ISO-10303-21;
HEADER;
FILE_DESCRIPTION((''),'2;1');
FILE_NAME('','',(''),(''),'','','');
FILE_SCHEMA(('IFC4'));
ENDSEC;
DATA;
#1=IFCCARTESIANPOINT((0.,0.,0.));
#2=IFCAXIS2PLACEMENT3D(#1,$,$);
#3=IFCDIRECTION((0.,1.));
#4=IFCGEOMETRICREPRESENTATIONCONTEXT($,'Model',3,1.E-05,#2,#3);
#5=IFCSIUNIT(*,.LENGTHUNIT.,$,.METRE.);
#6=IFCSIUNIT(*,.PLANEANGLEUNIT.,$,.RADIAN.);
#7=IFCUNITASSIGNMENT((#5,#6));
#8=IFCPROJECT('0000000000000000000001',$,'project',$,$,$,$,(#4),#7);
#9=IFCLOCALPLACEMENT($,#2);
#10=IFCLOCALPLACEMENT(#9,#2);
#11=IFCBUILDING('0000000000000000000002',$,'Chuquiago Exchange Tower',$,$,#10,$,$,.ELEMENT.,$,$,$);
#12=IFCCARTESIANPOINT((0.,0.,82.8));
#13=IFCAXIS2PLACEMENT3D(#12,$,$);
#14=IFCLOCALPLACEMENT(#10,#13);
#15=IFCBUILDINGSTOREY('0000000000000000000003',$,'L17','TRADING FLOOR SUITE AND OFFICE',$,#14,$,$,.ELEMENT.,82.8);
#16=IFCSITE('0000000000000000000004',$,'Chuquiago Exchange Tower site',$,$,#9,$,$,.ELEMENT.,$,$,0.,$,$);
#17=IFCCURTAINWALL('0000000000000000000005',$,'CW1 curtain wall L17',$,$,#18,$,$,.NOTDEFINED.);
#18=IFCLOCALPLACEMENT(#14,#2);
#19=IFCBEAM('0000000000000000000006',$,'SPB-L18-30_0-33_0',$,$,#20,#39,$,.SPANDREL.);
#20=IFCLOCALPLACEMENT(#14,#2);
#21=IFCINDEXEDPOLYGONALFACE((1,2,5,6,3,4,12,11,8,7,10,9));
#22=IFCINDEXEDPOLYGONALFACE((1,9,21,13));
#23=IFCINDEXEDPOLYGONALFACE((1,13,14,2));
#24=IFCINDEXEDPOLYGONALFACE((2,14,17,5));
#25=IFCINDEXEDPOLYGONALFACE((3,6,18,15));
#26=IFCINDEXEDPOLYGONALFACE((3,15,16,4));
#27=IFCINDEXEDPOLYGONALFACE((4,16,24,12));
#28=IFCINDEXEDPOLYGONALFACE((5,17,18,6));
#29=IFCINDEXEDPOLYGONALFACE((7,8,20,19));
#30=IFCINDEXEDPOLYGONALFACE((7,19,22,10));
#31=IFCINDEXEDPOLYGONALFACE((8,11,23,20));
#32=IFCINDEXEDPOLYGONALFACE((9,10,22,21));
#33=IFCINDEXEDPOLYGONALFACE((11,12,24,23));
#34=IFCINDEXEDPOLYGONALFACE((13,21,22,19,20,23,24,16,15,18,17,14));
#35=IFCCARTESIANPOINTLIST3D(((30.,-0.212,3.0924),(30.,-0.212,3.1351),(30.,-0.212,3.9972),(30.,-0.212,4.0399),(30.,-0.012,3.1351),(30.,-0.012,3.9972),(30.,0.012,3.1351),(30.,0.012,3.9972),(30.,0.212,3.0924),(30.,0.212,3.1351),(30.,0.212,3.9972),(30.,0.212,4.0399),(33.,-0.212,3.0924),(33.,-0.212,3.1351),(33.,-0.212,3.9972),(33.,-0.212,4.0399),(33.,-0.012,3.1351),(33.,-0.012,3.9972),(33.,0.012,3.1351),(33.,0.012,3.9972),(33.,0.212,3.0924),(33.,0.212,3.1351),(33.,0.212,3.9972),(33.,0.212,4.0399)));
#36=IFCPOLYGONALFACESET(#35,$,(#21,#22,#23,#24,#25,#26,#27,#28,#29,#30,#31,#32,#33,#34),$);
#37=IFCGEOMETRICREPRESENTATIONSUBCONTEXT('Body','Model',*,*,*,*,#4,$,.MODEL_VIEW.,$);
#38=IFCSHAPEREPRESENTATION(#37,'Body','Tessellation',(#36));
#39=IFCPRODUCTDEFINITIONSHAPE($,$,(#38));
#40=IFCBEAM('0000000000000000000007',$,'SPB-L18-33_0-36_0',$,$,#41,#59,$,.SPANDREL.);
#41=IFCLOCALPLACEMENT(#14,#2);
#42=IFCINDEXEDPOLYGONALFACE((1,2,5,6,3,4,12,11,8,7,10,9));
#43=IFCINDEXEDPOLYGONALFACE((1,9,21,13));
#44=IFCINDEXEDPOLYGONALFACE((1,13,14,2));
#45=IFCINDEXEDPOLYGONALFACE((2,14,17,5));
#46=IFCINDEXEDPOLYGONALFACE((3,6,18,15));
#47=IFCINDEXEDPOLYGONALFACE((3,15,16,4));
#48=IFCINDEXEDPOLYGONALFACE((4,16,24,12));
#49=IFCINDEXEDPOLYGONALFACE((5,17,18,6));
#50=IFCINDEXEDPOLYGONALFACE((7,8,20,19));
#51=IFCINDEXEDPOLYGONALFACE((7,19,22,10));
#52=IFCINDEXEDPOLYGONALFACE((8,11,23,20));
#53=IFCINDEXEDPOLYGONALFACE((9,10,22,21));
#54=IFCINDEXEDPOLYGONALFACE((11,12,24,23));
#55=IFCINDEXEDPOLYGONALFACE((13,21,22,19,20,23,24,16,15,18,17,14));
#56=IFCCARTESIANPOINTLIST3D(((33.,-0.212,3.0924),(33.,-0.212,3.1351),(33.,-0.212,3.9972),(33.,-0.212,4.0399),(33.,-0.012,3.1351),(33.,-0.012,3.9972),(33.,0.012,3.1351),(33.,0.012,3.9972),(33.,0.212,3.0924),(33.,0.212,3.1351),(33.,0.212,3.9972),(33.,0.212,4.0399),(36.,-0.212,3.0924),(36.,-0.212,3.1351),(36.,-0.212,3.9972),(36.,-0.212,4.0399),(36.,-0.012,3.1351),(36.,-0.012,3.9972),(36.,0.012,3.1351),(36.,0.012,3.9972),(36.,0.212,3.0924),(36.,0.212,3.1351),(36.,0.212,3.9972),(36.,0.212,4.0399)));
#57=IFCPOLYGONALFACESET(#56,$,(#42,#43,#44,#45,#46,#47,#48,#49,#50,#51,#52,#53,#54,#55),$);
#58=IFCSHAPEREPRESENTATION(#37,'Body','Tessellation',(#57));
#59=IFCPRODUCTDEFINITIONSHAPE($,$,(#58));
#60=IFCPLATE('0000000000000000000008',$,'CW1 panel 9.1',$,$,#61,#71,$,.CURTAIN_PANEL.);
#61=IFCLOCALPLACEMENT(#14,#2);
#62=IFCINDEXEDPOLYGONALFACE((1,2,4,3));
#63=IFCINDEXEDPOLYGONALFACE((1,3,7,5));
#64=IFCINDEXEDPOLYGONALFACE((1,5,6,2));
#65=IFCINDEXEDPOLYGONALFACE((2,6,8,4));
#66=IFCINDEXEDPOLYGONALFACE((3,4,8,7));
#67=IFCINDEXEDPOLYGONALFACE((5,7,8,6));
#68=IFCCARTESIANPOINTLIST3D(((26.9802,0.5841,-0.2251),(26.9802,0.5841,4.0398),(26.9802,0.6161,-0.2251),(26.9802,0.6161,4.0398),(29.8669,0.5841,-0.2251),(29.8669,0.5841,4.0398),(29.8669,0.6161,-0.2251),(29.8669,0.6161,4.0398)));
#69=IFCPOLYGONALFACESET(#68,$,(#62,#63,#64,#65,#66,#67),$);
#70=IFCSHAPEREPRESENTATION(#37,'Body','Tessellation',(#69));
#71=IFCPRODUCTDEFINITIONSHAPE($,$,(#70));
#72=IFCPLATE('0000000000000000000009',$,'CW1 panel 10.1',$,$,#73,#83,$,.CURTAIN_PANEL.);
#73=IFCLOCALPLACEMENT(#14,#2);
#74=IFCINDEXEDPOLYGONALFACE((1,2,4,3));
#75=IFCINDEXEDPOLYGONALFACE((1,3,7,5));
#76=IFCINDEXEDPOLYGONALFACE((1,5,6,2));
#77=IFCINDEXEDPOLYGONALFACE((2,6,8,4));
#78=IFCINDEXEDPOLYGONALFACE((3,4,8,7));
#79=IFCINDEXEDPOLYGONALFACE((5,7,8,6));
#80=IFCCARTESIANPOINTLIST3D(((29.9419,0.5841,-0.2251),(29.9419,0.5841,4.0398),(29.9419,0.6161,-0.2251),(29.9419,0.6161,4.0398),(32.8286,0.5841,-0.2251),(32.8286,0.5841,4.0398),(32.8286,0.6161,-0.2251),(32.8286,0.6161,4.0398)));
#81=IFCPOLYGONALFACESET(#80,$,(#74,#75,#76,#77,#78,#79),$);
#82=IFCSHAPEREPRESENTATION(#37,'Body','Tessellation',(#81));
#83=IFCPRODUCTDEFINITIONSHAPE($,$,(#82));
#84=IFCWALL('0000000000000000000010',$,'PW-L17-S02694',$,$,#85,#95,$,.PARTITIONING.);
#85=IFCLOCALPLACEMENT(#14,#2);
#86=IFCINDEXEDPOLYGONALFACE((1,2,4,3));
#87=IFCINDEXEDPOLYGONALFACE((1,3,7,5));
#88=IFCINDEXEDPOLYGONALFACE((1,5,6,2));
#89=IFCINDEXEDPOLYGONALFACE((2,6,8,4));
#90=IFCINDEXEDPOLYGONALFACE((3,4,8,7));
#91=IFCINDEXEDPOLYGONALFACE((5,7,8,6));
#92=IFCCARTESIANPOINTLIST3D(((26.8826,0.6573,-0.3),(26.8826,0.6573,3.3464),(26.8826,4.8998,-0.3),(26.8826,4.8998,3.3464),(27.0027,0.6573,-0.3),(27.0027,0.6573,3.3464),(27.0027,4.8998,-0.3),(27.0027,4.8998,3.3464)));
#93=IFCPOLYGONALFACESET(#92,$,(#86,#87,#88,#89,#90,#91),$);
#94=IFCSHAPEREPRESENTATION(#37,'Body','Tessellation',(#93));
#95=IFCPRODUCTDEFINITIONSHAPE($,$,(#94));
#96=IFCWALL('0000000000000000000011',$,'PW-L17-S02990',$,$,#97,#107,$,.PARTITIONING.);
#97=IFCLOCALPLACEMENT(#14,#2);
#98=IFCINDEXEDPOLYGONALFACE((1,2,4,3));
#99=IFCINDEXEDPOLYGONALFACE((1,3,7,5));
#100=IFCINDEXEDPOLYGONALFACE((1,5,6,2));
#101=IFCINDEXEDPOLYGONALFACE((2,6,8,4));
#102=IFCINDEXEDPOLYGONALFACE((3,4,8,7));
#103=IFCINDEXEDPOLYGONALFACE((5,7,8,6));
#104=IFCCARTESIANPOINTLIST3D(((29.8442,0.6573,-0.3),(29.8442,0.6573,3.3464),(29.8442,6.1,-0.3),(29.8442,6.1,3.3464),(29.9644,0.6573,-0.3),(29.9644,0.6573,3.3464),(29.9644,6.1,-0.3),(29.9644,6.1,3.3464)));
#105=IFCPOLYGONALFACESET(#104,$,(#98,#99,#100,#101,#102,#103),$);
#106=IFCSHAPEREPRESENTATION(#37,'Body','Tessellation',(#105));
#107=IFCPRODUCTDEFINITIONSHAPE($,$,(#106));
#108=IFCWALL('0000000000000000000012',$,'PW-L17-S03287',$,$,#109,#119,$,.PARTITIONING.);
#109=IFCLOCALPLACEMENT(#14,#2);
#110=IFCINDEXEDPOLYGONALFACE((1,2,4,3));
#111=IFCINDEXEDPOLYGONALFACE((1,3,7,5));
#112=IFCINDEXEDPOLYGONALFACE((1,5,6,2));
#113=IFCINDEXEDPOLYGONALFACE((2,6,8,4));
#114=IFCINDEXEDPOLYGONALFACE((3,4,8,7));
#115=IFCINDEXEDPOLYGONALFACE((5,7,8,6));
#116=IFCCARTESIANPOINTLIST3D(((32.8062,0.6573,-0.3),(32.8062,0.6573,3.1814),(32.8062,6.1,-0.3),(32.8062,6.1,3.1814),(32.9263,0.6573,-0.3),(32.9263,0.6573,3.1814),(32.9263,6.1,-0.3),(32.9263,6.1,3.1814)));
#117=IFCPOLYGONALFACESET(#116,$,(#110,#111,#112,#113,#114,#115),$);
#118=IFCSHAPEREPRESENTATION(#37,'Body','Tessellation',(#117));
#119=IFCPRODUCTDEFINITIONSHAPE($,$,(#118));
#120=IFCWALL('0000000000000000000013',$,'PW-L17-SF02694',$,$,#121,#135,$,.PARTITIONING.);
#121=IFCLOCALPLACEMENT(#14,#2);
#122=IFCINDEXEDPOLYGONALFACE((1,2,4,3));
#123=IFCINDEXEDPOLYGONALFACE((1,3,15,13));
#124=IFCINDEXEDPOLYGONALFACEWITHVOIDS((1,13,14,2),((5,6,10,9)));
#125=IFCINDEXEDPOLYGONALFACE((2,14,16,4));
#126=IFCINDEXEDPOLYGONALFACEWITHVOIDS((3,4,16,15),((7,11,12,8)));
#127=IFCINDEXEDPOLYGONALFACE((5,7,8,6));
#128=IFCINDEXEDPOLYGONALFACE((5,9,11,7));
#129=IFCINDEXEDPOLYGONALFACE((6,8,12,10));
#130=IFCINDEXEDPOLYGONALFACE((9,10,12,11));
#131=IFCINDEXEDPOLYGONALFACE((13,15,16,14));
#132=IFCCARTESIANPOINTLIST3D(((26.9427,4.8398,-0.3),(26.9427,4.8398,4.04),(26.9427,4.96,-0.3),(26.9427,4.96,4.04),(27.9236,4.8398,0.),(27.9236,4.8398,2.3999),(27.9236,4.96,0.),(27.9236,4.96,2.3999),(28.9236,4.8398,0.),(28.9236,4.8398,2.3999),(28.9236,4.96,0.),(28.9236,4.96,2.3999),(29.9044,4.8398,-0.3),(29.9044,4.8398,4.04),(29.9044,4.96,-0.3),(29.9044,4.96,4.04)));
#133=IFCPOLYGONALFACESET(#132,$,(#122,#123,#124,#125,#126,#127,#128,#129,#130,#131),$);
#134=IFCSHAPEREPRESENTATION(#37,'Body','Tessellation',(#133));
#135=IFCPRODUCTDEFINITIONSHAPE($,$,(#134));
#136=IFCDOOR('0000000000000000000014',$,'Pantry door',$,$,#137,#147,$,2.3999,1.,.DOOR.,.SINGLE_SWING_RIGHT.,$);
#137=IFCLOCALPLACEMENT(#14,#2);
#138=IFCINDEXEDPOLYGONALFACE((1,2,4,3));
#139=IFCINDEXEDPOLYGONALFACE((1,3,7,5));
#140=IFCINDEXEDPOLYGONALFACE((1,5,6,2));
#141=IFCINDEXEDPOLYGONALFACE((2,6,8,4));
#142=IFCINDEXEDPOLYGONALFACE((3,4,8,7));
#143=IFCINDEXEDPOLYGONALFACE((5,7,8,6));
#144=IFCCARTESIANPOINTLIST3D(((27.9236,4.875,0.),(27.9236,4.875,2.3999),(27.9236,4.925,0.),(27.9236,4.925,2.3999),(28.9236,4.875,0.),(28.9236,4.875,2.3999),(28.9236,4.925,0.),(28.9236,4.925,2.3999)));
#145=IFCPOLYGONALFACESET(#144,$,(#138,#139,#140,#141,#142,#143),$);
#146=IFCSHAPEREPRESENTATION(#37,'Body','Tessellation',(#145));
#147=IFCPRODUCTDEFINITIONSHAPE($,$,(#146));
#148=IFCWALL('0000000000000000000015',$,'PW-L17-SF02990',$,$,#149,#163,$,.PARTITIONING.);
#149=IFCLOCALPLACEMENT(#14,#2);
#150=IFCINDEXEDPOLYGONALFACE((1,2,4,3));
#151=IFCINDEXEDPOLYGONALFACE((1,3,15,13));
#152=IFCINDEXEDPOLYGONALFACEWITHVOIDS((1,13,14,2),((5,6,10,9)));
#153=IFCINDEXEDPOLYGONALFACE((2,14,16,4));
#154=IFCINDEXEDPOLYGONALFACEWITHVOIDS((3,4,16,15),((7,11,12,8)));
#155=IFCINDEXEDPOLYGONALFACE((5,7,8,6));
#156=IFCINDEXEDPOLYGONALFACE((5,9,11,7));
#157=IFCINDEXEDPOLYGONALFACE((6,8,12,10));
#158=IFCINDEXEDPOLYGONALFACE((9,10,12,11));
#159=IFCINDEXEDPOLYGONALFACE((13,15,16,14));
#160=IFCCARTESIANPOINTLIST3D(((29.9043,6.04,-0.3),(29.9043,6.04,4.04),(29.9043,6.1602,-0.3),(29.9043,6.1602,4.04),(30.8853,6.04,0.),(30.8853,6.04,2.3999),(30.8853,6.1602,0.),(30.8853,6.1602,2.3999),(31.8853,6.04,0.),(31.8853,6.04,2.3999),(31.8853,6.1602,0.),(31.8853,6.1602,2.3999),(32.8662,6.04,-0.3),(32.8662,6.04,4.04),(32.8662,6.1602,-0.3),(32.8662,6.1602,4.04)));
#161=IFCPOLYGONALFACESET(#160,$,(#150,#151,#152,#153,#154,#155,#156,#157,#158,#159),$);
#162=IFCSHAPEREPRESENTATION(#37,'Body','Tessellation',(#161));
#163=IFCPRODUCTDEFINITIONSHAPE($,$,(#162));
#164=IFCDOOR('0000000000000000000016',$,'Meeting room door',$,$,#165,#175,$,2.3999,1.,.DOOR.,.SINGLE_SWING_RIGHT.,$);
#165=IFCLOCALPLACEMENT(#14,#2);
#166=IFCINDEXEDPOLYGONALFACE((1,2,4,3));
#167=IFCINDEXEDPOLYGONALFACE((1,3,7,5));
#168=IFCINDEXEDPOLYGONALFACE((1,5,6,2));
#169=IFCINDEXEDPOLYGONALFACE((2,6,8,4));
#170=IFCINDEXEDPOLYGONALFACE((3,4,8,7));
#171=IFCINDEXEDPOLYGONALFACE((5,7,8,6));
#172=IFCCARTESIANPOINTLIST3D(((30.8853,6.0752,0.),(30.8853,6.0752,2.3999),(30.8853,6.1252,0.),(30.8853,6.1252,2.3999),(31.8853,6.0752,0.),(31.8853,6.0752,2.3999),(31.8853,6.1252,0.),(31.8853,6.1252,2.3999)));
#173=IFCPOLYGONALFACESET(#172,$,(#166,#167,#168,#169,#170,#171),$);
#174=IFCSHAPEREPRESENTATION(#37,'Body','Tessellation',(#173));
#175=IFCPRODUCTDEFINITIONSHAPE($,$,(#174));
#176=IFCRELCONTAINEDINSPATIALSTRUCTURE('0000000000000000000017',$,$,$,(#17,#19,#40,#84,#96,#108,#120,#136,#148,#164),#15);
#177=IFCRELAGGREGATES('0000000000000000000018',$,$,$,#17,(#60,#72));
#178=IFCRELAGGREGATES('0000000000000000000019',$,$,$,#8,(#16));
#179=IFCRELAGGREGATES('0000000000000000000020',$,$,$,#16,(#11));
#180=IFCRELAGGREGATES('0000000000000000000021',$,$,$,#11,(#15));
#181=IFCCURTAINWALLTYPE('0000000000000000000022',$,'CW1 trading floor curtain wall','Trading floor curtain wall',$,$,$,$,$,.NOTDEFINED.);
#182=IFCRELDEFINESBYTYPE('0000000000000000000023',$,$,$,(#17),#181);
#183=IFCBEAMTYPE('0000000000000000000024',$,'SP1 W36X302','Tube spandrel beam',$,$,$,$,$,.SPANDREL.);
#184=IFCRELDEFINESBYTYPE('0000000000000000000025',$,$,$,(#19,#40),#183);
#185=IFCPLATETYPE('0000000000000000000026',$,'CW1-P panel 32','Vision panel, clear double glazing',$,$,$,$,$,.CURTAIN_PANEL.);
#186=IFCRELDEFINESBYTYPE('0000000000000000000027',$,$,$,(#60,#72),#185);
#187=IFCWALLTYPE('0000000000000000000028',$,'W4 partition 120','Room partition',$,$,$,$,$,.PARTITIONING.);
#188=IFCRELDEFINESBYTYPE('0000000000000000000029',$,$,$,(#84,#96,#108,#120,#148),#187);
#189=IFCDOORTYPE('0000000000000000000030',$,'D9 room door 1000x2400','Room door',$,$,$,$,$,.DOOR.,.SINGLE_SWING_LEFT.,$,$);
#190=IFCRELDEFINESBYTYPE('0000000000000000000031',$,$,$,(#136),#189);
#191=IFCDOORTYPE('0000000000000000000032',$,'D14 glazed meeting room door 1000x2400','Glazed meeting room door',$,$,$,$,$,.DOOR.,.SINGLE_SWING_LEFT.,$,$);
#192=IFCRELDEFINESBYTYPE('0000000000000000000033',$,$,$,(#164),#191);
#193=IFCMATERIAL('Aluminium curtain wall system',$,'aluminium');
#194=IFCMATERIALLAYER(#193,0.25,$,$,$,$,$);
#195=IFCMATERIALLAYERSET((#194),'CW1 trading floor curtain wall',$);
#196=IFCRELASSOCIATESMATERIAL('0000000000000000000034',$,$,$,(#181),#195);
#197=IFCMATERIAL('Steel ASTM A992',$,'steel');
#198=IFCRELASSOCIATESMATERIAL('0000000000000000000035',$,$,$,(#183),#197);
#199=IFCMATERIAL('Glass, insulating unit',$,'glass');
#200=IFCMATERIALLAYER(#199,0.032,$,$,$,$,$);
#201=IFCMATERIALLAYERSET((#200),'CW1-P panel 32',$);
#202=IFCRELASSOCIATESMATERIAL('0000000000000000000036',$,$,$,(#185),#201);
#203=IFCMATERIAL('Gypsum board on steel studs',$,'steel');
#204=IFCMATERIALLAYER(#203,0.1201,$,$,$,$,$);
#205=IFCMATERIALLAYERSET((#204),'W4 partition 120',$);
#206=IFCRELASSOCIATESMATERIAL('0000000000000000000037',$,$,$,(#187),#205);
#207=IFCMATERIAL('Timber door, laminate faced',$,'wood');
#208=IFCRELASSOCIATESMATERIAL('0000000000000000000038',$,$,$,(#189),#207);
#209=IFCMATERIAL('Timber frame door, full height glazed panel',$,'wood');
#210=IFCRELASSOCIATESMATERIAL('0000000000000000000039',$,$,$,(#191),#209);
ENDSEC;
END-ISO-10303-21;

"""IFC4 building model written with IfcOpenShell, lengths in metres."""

from ifc_helpers import new_model, si_unit, direction, frame, frame_2d, origin, origin_2d, place, context, subcontext, project, spatial, rectangle, i_section, extrude, material, layer, layer_set, material_profile, profile_set, type_object, element, fill, aggregate, save


model = new_model("IFC4")

# Units and contexts
model_context = context("Model", 3, precision=1e-05, world=origin(), true_north=direction((0.0, 1.0)))
body_context = subcontext(model_context, "Body", "Model", "MODEL_VIEW")
ifc_project = project(units=[si_unit("LENGTHUNIT", "METRE"), si_unit("PLANEANGLEUNIT", "RADIAN")], contexts=[model_context])

# Site, building, storey
site_placement = place(None, origin())
site = spatial("IfcSite", under=ifc_project, at=site_placement, Name="Chuquiago Exchange Tower site", CompositionType="ELEMENT", RefElevation=0.0)
building_placement = place(site_placement, origin())
building = spatial("IfcBuilding", under=site, at=building_placement, Name="Chuquiago Exchange Tower", CompositionType="ELEMENT")
storey_placement = place(building_placement, frame((0.0, 0.0, 82.8)))
storey = spatial("IfcBuildingStorey", under=building, at=storey_placement, Name="L17", Description="TRADING FLOOR SUITE AND OFFICE", CompositionType="ELEMENT", Elevation=82.8)

# Curtain wall
ifc_material_1 = material(Name="Aluminium curtain wall system", Category="aluminium")
ifc_layer_1 = layer(ifc_material_1, 0.25)
ifc_layer_set_1 = layer_set([ifc_layer_1], Name="CW1 trading floor curtain wall")
curtain_wall_type = type_object("IfcCurtainWallType", Name="CW1 trading floor curtain wall", Description="Trading floor curtain wall", PredefinedType="NOTDEFINED", material=ifc_layer_set_1)
curtain_wall_placement = place(storey_placement, origin())
curtain_wall = element("IfcCurtainWall", 1, at=curtain_wall_placement, inside=storey, type_object=curtain_wall_type, Name="CW1 curtain wall L17", PredefinedType="NOTDEFINED")

# Beams
ifc_material_2 = material(Name="Steel ASTM A992", Category="steel")
ifc_material_profile_1 = material_profile(ifc_material_2, i_section(OverallWidth=0.4241, OverallDepth=0.9475, WebThickness=0.0239, FlangeThickness=0.0427, at=origin_2d()), Name="W36X302")
ifc_profile_set_1 = profile_set([ifc_material_profile_1], Name="Steel ASTM A992")
beam_type_1 = type_object("IfcBeamType", Name="SP1 W36X302", Description="Tube spandrel beam", PredefinedType="SPANDREL", material=ifc_profile_set_1)
for number, where, z_axis, x_axis, name in (
    (2, (30.0, 0.0, 3.5662), (1.0, 0.0, 0.0), (0.0, 1.0, 0.0), "SPB-L18-30_0-33_0"),
    (3, (33.0, 0.0, 3.5662), (1.0, 0.0, 0.0), (0.0, 1.0, 0.0), "SPB-L18-33_0-36_0"),
):
    element("IfcBeam", number, at=place(storey_placement, frame(where, z_axis=z_axis, x_axis=x_axis)), inside=storey, type_object=beam_type_1, Name=name, PredefinedType="SPANDREL", context=body_context, shape_type="SweptSolid", body=[
        extrude(i_section(OverallWidth=0.4241, OverallDepth=0.9475, WebThickness=0.0239, FlangeThickness=0.0427, at=origin_2d()), origin(), (0.0, 0.0, 1.0), 3.0),
    ])

# Plates
ifc_material_3 = material(Name="Glass, insulating unit", Category="glass")
ifc_layer_2 = layer(ifc_material_3, 0.032)
ifc_layer_set_2 = layer_set([ifc_layer_2], Name="CW1-P panel 32")
plate_type = type_object("IfcPlateType", Name="CW1-P panel 32", Description="Vision panel, clear double glazing", PredefinedType="CURTAIN_PANEL", material=ifc_layer_set_2)
plate_1_placement = place(storey_placement, frame((28.4236, 0.6001, -0.2251), z_axis=(0.0, 0.0, 1.0), x_axis=(1.0, 0.0, 0.0)))
plate_1 = element("IfcPlate", 4, at=plate_1_placement, type_object=plate_type, Name="CW1 panel 9.1", PredefinedType="CURTAIN_PANEL", context=body_context, shape_type="SweptSolid", body=[
    extrude(rectangle(XDim=2.8867, YDim=0.032, at=origin_2d()), origin(), (0.0, 0.0, 1.0), 4.2649),
])
plate_2_placement = place(storey_placement, frame((31.3853, 0.6001, -0.2251), z_axis=(0.0, 0.0, 1.0), x_axis=(1.0, 0.0, 0.0)))
plate_2 = element("IfcPlate", 5, at=plate_2_placement, type_object=plate_type, Name="CW1 panel 10.1", PredefinedType="CURTAIN_PANEL", context=body_context, shape_type="SweptSolid", body=[
    extrude(rectangle(XDim=2.8867, YDim=0.032, at=origin_2d()), origin(), (0.0, 0.0, 1.0), 4.2649),
])
aggregate(curtain_wall, [plate_1, plate_2])

# Walls
ifc_material_4 = material(Name="Gypsum board on steel studs", Category="steel")
ifc_layer_3 = layer(ifc_material_4, 0.1201)
ifc_layer_set_3 = layer_set([ifc_layer_3], Name="W4 partition 120")
wall_type = type_object("IfcWallType", Name="W4 partition 120", Description="Room partition", PredefinedType="PARTITIONING", material=ifc_layer_set_3)
wall_1_placement = place(storey_placement, frame((26.9426, 0.6575, -0.3), z_axis=(0.0, 0.0, 1.0), x_axis=(0.0, 1.0, 0.0)))
element("IfcWall", 6, at=wall_1_placement, inside=storey, type_object=wall_type, Name="PW-L17-S02694", PredefinedType="PARTITIONING", context=body_context, shape_type="SweptSolid", body=[
    extrude(rectangle(XDim=4.2424, YDim=0.1201, at=frame_2d((2.1211, 0.0))), origin(), (0.0, 0.0, 1.0), 3.6465),
])
wall_2_placement = place(storey_placement, frame((29.9043, 0.6575, -0.3), z_axis=(0.0, 0.0, 1.0), x_axis=(0.0, 1.0, 0.0)))
element("IfcWall", 7, at=wall_2_placement, inside=storey, type_object=wall_type, Name="PW-L17-S02990", PredefinedType="PARTITIONING", context=body_context, shape_type="SweptSolid", body=[
    extrude(rectangle(XDim=5.4426, YDim=0.1201, at=frame_2d((2.7212, 0.0))), origin(), (0.0, 0.0, 1.0), 3.6465),
])
wall_3_placement = place(storey_placement, frame((32.8662, 0.6575, -0.3), z_axis=(0.0, 0.0, 1.0), x_axis=(0.0, 1.0, 0.0)))
element("IfcWall", 8, at=wall_3_placement, inside=storey, type_object=wall_type, Name="PW-L17-S03287", PredefinedType="PARTITIONING", context=body_context, shape_type="SweptSolid", body=[
    extrude(rectangle(XDim=5.4426, YDim=0.1201, at=frame_2d((2.7212, 0.0))), origin(), (0.0, 0.0, 1.0), 3.4814),
])

# Walls, openings, doors
wall_4_placement = place(storey_placement, frame((26.9426, 4.8999, -0.3), z_axis=(0.0, 0.0, 1.0), x_axis=(1.0, 0.0, 0.0)))
wall_4 = element("IfcWall", 9, at=wall_4_placement, inside=storey, type_object=wall_type, Name="PW-L17-SF02694", PredefinedType="PARTITIONING", context=body_context, shape_type="SweptSolid", body=[
    extrude(rectangle(XDim=2.9617, YDim=0.1201, at=frame_2d((1.481, 0.0))), origin(), (0.0, 0.0, 1.0), 4.3401),
])
opening_1_placement = place(wall_4_placement, frame((0.981, 0.0, 0.3)))
opening_1 = element("IfcOpeningElement", 10, at=opening_1_placement, cuts=wall_4, PredefinedType="OPENING", context=body_context, shape_type="SweptSolid", body=[
    extrude(rectangle(XDim=1.0, YDim=2.3999, at=frame_2d((0.5, 1.2))), frame((0.0, 0.0701, 0.0), z_axis=(0.0, -1.0, 0.0), x_axis=(1.0, 0.0, 0.0)), (0.0, 0.0, 1.0), 0.1401),
])
ifc_material_5 = material(Name="Timber door, laminate faced", Category="wood")
door_type_1 = type_object("IfcDoorType", Name="D9 room door 1000x2400", Description="Room door", OperationType="SINGLE_SWING_LEFT", PredefinedType="DOOR", material=ifc_material_5)
door_1_placement = place(opening_1_placement, frame((1.0, 0.0, 0.0), z_axis=(0.0, 0.0, 1.0), x_axis=(-1.0, 0.0, 0.0)))
door_1 = element("IfcDoor", 11, at=door_1_placement, inside=storey, type_object=door_type_1, Name="Pantry door", OperationType="SINGLE_SWING_RIGHT", OverallHeight=2.3999, OverallWidth=1.0, PredefinedType="DOOR", context=body_context, shape_type="SweptSolid", body=[
    extrude(rectangle(XDim=1.0, YDim=2.3999, at=frame_2d((0.5, 1.2))), frame((0.0, 0.0249, 0.0), z_axis=(0.0, -1.0, 0.0), x_axis=(1.0, 0.0, 0.0)), (0.0, 0.0, 1.0), 0.05),
])
fill(opening_1, door_1)
wall_5_placement = place(storey_placement, frame((29.9043, 6.1001, -0.3), z_axis=(0.0, 0.0, 1.0), x_axis=(1.0, 0.0, 0.0)))
wall_5 = element("IfcWall", 12, at=wall_5_placement, inside=storey, type_object=wall_type, Name="PW-L17-SF02990", PredefinedType="PARTITIONING", context=body_context, shape_type="SweptSolid", body=[
    extrude(rectangle(XDim=2.9619, YDim=0.1201, at=frame_2d((1.481, 0.0))), origin(), (0.0, 0.0, 1.0), 4.3401),
])
opening_2_placement = place(wall_5_placement, frame((0.981, 0.0, 0.3)))
opening_2 = element("IfcOpeningElement", 13, at=opening_2_placement, cuts=wall_5, PredefinedType="OPENING", context=body_context, shape_type="SweptSolid", body=[
    extrude(rectangle(XDim=1.0, YDim=2.3999, at=frame_2d((0.5, 1.2))), frame((0.0, 0.0701, 0.0), z_axis=(0.0, -1.0, 0.0), x_axis=(1.0, 0.0, 0.0)), (0.0, 0.0, 1.0), 0.1401),
])
ifc_material_6 = material(Name="Timber frame door, full height glazed panel", Category="wood")
door_type_2 = type_object("IfcDoorType", Name="D14 glazed meeting room door 1000x2400", Description="Glazed meeting room door", OperationType="SINGLE_SWING_LEFT", PredefinedType="DOOR", material=ifc_material_6)
door_2_placement = place(opening_2_placement, frame((1.0, 0.0, 0.0), z_axis=(0.0, 0.0, 1.0), x_axis=(-1.0, 0.0, 0.0)))
door_2 = element("IfcDoor", 14, at=door_2_placement, inside=storey, type_object=door_type_2, Name="Meeting room door", OperationType="SINGLE_SWING_RIGHT", OverallHeight=2.3999, OverallWidth=1.0, PredefinedType="DOOR", context=body_context, shape_type="SweptSolid", body=[
    extrude(rectangle(XDim=1.0, YDim=2.3999, at=frame_2d((0.5, 1.2))), frame((0.0, 0.0249, 0.0), z_axis=(0.0, -1.0, 0.0), x_axis=(1.0, 0.0, 0.0)), (0.0, 0.0, 1.0), 0.05),
])
fill(opening_2, door_2)

save(model, "model.ifc")
